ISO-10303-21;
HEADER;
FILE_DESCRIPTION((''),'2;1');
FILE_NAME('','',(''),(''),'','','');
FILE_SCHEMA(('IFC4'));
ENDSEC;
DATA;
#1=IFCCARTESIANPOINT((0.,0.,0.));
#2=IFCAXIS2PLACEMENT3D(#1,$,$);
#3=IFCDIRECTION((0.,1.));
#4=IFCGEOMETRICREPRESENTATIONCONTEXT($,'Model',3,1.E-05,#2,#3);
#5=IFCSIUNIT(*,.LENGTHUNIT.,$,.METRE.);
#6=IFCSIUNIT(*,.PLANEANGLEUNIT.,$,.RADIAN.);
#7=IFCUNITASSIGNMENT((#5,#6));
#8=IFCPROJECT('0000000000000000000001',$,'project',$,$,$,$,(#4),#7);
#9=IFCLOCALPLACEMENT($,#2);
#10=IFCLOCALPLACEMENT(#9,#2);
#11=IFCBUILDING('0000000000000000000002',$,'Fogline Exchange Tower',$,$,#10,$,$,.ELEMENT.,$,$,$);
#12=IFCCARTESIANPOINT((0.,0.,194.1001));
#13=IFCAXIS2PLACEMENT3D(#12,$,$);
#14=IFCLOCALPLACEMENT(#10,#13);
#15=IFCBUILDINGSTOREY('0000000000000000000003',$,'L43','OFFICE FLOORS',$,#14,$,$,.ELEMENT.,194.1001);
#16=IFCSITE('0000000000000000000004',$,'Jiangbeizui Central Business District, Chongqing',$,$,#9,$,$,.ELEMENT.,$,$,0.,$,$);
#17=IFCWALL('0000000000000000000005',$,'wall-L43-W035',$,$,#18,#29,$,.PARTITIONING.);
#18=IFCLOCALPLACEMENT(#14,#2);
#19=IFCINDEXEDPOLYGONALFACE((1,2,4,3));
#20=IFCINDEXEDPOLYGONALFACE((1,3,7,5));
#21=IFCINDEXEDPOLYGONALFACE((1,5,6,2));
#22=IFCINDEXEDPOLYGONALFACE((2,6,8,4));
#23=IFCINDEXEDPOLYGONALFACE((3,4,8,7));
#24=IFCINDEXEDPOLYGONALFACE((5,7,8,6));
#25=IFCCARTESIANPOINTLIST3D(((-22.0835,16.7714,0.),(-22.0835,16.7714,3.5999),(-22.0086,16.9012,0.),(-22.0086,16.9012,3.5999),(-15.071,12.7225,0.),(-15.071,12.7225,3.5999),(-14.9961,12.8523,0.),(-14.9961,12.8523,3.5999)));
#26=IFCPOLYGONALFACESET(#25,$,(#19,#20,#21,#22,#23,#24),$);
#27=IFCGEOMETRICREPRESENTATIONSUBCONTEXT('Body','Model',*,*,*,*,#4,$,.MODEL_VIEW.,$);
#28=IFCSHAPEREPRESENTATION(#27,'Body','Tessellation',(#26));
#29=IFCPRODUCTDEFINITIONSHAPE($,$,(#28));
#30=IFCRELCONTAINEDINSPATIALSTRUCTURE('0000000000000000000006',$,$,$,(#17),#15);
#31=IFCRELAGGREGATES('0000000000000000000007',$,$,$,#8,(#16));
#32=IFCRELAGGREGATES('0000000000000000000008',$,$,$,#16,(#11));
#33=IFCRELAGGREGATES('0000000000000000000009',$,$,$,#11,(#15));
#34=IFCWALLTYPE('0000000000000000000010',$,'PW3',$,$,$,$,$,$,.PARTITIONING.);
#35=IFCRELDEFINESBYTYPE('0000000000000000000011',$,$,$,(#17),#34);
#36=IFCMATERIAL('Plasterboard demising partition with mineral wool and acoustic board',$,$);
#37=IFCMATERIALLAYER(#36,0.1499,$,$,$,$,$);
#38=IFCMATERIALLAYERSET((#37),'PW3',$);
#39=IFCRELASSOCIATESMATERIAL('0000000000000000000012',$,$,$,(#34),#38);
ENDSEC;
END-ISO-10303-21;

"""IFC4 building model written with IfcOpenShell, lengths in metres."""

from ifc_helpers import new_model, si_unit, direction, frame, frame_2d, origin, place, context, subcontext, project, spatial, rectangle, extrude, material, layer, layer_set, type_object, element, save


model = new_model("IFC4")

# Units and contexts
model_context = context("Model", 3, precision=1e-05, world=origin(), true_north=direction((0.0, 1.0)))
body_context = subcontext(model_context, "Body", "Model", "MODEL_VIEW")
ifc_project = project(units=[si_unit("LENGTHUNIT", "METRE"), si_unit("PLANEANGLEUNIT", "RADIAN")], contexts=[model_context])

# Site, building, storey
site_placement = place(None, origin())
site = spatial("IfcSite", under=ifc_project, at=site_placement, Name="Jiangbeizui Central Business District, Chongqing", CompositionType="ELEMENT", RefElevation=0.0)
building_placement = place(site_placement, origin())
building = spatial("IfcBuilding", under=site, at=building_placement, Name="Fogline Exchange Tower", CompositionType="ELEMENT")
storey_placement = place(building_placement, frame((0.0, 0.0, 194.1001)))
storey = spatial("IfcBuildingStorey", under=building, at=storey_placement, Name="L43", Description="OFFICE FLOORS", CompositionType="ELEMENT", Elevation=194.1001)

# Wall
ifc_material_1 = material(Name="Plasterboard demising partition with mineral wool and acoustic board")
ifc_layer_1 = layer(ifc_material_1, 0.1499)
ifc_layer_set_1 = layer_set([ifc_layer_1], Name="PW3")
wall_type_1 = type_object("IfcWallType", Name="PW3", PredefinedType="PARTITIONING", material=ifc_layer_set_1)
wall_1_placement = place(storey_placement, frame((-15.0334, 12.7874, 0.0), z_axis=(0.0, 0.0, 1.0), x_axis=(-0.866015, 0.500017, 0.0)))
element("IfcWall", 1, at=wall_1_placement, inside=storey, type_object=wall_type_1, Name="wall-L43-W035", PredefinedType="PARTITIONING", context=body_context, shape_type="SweptSolid", body=[
    extrude(rectangle(XDim=8.0974, YDim=0.1499, at=frame_2d((4.0488, 0.0))), origin(), (0.0, 0.0, 1.0), 3.5999),
])

save(model, "model.ifc")
